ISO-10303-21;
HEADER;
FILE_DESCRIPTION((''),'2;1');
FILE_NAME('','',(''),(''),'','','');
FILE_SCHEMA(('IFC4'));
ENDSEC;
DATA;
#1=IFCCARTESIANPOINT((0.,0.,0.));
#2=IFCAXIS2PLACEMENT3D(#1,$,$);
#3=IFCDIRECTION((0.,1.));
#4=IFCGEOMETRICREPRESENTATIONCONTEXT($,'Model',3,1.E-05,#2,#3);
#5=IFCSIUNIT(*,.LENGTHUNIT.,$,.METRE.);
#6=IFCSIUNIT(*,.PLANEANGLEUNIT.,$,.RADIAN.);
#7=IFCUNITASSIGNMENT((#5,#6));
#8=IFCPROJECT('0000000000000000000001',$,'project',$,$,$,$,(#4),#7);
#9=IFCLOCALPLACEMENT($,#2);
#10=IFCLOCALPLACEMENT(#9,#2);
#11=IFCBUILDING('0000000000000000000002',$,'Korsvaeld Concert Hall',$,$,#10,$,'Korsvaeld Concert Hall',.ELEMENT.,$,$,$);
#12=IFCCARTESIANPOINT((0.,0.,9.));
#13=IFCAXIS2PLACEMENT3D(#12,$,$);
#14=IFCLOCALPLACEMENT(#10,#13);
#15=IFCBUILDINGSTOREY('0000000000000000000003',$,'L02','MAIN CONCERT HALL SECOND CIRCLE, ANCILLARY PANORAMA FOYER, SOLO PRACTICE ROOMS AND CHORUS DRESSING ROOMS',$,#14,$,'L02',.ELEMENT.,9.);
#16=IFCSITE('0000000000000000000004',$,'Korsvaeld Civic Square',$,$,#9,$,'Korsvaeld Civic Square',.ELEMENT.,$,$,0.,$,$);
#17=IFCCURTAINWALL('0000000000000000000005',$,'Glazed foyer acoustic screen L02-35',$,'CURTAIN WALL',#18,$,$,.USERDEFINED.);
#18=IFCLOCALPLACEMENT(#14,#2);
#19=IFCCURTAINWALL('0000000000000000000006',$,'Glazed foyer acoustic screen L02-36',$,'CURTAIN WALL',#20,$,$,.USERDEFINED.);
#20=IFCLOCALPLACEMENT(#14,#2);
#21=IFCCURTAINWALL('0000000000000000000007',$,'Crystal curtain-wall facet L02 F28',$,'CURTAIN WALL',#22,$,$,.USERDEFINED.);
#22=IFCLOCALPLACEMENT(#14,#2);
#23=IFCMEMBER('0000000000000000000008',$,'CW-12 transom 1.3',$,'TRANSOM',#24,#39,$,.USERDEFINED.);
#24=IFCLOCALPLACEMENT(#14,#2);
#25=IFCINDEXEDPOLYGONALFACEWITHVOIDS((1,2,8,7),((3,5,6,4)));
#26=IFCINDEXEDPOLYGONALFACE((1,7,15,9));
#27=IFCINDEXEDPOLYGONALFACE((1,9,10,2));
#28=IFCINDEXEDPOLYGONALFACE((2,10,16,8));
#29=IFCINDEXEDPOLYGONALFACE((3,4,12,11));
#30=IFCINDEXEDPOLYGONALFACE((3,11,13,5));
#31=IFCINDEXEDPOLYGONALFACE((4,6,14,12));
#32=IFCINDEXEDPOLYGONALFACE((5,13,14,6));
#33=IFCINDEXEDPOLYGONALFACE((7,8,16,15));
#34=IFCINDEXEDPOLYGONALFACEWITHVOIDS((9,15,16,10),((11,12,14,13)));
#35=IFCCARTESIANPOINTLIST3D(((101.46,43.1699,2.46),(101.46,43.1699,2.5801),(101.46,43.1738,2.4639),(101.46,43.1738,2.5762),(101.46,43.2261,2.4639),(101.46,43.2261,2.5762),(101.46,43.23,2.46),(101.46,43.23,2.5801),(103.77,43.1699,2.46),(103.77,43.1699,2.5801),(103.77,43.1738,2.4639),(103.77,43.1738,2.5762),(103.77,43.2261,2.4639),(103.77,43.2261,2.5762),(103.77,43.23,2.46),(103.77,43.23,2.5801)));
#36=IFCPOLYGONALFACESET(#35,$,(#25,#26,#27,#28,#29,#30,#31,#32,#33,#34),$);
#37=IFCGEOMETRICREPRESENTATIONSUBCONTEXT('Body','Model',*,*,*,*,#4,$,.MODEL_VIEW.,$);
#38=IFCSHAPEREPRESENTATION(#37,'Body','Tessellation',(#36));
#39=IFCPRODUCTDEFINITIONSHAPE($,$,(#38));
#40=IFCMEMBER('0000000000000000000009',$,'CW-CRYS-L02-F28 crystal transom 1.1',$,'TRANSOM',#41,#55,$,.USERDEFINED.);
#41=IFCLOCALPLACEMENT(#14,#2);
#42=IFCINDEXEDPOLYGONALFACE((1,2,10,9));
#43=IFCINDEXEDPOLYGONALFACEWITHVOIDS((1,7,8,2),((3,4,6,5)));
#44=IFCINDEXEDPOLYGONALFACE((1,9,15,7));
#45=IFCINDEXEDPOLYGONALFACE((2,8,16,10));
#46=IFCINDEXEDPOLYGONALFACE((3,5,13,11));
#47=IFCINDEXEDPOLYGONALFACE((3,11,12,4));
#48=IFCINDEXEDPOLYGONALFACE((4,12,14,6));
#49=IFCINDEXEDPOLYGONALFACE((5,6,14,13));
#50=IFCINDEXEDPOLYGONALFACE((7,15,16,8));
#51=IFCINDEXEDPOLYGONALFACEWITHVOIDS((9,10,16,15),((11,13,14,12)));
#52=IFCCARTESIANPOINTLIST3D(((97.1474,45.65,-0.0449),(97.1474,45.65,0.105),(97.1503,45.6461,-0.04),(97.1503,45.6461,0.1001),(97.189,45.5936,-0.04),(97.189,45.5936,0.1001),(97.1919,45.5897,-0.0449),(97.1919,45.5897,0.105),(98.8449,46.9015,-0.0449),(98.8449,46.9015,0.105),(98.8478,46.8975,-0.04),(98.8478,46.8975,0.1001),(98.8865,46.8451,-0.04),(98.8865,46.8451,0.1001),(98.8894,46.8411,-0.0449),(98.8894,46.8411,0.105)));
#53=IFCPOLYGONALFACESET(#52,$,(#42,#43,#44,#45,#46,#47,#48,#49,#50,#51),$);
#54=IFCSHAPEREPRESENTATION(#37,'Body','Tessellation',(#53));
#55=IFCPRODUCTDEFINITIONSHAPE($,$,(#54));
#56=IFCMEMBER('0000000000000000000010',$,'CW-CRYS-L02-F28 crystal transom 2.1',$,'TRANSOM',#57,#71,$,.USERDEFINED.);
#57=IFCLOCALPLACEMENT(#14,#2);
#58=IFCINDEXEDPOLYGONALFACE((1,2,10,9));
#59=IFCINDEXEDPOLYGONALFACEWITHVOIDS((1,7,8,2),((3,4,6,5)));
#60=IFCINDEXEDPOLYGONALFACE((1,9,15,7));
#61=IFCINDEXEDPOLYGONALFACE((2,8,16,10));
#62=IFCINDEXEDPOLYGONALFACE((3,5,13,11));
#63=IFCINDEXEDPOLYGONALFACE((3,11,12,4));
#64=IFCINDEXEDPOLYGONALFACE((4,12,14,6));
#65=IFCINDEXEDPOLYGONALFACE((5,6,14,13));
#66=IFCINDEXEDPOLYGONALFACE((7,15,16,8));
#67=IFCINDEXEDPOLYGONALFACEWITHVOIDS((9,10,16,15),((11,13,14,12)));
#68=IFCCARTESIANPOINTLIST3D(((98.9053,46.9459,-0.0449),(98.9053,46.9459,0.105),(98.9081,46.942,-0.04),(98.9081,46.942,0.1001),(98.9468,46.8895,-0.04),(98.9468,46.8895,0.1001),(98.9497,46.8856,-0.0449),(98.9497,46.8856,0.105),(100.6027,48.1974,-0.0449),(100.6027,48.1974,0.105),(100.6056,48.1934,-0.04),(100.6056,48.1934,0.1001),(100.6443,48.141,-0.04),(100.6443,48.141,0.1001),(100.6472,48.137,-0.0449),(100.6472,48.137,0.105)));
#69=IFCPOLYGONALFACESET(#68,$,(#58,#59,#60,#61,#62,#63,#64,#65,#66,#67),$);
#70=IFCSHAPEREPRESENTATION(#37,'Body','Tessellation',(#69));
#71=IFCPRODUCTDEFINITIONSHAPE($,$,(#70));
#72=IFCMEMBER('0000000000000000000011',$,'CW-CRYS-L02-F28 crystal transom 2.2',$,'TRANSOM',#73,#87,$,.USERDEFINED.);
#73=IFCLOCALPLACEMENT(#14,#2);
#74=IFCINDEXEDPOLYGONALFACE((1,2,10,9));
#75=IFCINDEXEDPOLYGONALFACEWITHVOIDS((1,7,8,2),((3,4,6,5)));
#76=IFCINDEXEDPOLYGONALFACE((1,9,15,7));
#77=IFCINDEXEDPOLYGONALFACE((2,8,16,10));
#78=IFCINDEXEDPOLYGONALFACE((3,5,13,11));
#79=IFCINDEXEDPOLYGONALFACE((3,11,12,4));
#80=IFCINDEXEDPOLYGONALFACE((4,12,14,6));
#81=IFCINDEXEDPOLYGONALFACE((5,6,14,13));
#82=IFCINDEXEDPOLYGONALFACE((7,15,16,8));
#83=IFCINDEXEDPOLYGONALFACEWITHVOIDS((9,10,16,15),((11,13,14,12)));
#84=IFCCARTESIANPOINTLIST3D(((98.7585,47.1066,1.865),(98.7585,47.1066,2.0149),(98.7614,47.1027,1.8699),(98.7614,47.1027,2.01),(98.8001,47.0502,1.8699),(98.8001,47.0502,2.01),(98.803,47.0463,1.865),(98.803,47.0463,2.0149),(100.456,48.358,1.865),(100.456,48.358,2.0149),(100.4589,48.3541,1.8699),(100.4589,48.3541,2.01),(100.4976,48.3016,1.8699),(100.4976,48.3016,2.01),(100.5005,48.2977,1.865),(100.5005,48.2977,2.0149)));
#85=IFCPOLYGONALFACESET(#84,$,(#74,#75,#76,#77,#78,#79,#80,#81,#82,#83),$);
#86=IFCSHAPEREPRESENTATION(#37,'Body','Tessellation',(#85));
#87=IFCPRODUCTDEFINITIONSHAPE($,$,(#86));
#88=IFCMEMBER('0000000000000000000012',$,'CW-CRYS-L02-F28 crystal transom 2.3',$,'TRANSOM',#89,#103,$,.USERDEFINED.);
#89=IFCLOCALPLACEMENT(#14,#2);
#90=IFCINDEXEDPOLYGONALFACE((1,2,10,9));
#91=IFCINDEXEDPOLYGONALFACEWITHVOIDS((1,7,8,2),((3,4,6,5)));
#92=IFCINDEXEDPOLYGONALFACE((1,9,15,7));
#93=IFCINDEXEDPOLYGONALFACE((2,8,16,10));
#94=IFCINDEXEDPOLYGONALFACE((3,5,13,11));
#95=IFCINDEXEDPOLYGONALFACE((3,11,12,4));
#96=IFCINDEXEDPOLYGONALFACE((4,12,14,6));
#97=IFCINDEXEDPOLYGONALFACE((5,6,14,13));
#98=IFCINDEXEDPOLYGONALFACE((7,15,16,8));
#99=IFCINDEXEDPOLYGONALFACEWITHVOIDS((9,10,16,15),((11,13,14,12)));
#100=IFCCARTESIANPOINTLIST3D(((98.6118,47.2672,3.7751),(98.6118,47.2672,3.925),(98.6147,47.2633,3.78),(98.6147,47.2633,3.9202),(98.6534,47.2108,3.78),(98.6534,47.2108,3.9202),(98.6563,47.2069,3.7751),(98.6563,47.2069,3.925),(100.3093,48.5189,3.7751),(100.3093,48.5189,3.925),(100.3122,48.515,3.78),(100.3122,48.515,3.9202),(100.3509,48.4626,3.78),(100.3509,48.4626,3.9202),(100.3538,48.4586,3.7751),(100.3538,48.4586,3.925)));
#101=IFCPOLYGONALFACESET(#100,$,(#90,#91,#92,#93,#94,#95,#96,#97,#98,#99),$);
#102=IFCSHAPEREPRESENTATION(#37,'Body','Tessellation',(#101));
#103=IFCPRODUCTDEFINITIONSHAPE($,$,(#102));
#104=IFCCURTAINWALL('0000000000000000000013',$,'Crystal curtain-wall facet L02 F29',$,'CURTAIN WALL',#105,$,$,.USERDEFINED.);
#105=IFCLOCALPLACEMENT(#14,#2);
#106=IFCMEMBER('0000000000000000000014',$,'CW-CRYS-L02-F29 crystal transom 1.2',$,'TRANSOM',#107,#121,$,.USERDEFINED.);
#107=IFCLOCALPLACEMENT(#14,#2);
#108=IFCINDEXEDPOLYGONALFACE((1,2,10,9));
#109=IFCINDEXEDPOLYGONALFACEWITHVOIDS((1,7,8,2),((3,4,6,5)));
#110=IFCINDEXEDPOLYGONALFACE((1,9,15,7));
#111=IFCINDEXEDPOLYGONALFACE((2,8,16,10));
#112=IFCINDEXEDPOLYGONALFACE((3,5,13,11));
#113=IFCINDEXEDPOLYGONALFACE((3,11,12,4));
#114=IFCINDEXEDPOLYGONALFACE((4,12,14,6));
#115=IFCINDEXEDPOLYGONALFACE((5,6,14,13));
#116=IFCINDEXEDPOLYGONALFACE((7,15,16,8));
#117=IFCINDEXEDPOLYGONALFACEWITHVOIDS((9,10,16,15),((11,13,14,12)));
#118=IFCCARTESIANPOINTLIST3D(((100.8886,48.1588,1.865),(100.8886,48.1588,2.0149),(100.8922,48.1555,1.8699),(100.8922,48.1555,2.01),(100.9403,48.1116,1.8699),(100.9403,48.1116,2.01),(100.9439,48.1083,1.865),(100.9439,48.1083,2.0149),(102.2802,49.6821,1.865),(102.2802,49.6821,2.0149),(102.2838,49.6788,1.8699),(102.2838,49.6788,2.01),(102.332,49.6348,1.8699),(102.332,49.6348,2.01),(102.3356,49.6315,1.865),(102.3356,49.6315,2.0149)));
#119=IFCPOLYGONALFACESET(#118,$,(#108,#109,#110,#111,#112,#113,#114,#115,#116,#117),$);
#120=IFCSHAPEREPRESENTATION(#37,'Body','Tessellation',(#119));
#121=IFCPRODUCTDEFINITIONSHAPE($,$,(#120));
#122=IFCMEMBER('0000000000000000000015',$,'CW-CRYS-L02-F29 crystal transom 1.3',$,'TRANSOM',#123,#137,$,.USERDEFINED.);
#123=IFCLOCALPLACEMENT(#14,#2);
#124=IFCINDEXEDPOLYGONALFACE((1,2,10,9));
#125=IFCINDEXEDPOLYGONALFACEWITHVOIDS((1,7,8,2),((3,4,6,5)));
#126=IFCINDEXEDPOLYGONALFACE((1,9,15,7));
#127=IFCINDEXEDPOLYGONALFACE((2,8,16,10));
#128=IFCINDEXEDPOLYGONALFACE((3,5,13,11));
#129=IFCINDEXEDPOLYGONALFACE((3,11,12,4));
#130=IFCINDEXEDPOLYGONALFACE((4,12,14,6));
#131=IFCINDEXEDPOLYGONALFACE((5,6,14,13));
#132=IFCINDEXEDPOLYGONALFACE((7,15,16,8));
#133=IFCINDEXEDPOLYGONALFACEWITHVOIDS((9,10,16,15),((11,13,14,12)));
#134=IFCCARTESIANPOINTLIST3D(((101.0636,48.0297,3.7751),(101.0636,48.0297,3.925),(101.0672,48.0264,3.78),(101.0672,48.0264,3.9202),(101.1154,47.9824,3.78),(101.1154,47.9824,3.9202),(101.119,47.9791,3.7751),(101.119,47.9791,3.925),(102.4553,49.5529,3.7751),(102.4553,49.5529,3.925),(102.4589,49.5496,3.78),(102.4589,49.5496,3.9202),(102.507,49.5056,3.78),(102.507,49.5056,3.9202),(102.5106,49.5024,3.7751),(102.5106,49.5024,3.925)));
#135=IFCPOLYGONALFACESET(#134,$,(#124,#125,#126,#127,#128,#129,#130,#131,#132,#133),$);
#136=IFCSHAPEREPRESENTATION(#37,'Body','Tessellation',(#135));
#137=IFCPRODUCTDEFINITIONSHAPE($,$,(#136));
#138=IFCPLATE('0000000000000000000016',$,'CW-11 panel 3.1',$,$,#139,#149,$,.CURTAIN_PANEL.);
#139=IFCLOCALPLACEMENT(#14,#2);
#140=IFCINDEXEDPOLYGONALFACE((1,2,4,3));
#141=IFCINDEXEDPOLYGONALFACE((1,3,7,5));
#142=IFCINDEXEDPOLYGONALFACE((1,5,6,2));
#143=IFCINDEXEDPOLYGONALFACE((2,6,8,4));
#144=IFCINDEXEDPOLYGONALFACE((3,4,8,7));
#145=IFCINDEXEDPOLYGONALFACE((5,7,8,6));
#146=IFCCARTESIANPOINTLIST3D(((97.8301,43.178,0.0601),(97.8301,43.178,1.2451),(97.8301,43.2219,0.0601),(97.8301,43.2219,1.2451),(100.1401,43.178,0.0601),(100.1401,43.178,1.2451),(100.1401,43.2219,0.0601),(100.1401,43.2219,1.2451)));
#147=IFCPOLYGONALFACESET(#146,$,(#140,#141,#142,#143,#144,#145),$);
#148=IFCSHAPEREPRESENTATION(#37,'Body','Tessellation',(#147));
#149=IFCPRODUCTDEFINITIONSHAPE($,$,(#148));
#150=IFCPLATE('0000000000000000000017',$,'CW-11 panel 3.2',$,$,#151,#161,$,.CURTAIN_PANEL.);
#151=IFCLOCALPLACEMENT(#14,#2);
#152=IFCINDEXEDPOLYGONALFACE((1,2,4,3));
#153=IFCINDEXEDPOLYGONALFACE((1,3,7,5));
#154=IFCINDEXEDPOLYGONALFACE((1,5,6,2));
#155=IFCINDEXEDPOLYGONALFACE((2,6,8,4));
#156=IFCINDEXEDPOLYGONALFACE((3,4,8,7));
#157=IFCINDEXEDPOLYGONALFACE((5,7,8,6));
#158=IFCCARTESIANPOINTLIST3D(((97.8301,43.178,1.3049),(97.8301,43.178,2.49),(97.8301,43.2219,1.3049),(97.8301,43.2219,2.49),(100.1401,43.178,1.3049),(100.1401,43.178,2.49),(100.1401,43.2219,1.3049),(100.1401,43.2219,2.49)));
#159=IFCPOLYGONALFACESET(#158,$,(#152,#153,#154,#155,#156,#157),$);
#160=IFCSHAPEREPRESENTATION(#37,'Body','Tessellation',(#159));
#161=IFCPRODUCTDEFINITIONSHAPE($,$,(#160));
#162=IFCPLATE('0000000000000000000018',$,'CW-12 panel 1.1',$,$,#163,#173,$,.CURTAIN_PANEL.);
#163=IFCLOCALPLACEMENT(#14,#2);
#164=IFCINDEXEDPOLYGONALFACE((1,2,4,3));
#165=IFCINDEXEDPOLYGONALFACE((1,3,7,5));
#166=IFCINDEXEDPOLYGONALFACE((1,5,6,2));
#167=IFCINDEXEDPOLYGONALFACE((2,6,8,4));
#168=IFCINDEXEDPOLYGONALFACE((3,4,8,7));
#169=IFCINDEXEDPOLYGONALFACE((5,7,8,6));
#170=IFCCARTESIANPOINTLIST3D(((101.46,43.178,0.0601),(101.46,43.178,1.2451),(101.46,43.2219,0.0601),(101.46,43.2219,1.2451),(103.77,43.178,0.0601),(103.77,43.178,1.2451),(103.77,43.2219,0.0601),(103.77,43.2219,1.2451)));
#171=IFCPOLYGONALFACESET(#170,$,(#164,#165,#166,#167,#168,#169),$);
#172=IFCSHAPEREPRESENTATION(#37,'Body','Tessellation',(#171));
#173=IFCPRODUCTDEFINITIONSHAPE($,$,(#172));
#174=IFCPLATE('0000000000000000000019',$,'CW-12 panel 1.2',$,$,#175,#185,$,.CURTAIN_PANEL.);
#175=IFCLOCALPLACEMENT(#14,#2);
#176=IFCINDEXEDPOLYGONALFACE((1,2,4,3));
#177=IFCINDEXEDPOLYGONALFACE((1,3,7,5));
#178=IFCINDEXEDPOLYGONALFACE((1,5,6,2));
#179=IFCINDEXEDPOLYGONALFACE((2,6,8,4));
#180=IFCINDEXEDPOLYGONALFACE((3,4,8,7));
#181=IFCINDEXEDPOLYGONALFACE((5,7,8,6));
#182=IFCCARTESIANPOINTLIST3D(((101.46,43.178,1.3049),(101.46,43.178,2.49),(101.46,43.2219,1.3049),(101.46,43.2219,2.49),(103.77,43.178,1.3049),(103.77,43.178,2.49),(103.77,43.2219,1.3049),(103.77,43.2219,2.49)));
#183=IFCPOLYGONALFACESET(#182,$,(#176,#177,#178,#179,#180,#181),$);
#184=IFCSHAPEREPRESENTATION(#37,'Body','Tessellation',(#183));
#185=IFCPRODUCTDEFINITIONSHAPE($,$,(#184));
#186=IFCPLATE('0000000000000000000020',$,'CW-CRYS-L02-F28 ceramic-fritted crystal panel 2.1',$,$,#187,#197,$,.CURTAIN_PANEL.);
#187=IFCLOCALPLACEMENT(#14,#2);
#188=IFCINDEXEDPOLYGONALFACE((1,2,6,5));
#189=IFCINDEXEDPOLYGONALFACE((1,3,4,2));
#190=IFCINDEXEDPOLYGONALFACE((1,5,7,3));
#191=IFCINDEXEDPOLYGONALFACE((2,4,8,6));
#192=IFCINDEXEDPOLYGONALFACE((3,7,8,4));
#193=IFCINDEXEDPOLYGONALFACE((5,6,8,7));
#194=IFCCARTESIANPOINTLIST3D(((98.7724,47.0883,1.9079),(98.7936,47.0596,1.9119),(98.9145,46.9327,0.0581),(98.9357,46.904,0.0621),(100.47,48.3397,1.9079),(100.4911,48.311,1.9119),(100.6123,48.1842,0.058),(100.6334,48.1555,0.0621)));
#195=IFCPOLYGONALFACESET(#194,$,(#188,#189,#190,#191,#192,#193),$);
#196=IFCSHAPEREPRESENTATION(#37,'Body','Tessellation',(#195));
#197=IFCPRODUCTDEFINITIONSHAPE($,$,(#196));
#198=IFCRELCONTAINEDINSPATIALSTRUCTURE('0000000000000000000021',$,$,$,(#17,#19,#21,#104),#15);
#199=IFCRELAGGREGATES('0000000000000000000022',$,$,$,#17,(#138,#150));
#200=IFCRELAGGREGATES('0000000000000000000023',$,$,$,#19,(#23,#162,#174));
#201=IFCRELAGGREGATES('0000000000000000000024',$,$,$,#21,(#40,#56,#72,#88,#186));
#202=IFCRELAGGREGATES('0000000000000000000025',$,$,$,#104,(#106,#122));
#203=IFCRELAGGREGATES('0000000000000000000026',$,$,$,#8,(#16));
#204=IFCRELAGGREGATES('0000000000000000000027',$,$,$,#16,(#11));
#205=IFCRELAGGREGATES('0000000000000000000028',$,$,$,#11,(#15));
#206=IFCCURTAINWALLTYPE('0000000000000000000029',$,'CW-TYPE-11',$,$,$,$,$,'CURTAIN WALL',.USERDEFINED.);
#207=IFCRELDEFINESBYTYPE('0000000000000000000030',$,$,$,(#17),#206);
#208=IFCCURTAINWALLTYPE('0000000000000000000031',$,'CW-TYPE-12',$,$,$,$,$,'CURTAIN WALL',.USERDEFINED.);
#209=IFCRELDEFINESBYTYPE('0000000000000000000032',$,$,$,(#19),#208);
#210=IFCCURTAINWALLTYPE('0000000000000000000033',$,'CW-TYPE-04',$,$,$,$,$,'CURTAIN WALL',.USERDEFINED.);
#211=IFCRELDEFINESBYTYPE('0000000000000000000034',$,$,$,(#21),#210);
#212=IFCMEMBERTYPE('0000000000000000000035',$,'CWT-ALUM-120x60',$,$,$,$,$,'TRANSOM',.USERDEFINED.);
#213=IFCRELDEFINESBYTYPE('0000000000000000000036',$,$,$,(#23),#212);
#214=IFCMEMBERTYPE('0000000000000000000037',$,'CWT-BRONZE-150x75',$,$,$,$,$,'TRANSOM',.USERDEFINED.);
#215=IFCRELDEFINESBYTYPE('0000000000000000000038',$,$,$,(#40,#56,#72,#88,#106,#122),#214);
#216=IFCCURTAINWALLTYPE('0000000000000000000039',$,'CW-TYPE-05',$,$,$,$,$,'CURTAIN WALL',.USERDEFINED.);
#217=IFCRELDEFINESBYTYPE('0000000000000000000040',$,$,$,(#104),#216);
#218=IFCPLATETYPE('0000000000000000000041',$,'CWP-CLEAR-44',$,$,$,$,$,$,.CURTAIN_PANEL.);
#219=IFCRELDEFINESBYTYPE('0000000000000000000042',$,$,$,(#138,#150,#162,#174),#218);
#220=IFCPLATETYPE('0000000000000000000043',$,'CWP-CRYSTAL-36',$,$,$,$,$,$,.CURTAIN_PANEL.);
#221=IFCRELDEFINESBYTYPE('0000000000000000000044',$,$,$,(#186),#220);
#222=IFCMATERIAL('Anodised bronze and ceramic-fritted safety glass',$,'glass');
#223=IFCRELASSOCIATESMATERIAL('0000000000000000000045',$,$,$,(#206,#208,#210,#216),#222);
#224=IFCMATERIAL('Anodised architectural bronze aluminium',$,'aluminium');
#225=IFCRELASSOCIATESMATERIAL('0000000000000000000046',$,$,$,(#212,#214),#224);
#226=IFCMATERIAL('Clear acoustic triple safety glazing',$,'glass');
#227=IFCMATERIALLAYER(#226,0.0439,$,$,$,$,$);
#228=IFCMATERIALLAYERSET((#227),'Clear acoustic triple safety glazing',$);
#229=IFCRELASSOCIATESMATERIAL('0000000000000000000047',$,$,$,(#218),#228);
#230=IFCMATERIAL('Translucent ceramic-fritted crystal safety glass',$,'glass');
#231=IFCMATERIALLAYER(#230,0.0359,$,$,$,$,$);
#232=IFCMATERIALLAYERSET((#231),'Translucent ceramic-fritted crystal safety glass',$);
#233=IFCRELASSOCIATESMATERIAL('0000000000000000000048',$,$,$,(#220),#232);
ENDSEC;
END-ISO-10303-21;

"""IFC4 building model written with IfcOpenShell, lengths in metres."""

from ifc_helpers import new_model, si_unit, direction, frame, origin, origin_2d, place, context, subcontext, project, spatial, polyline, rectangle, hollow_rectangle, outline, extrude, material, layer, layer_set, material_profile, profile_set, type_object, element, aggregate, save


model = new_model("IFC4")

# Units and contexts
model_context = context("Model", 3, precision=1e-05, world=origin(), true_north=direction((0.0, 1.0)))
body_context = subcontext(model_context, "Body", "Model", "MODEL_VIEW")
ifc_project = project(units=[si_unit("LENGTHUNIT", "METRE"), si_unit("PLANEANGLEUNIT", "RADIAN")], contexts=[model_context])

# Site, building, storey
site_placement = place(None, origin())
site = spatial("IfcSite", under=ifc_project, at=site_placement, Name="Korsvaeld Civic Square", LongName="Korsvaeld Civic Square", CompositionType="ELEMENT", RefElevation=0.0)
building_placement = place(site_placement, origin())
building = spatial("IfcBuilding", under=site, at=building_placement, Name="Korsvaeld Concert Hall", LongName="Korsvaeld Concert Hall", CompositionType="ELEMENT")
storey_placement = place(building_placement, frame((0.0, 0.0, 9.0)))
storey = spatial("IfcBuildingStorey", under=building, at=storey_placement, Name="L02", Description="MAIN CONCERT HALL SECOND CIRCLE, ANCILLARY PANORAMA FOYER, SOLO PRACTICE ROOMS AND CHORUS DRESSING ROOMS", LongName="L02", CompositionType="ELEMENT", Elevation=9.0)

# Curtain wall
ifc_material_1 = material(Name="Anodised bronze and ceramic-fritted safety glass", Category="glass")
curtain_wall_type_1 = type_object("IfcCurtainWallType", Name="CW-TYPE-11", ElementType="CURTAIN WALL", PredefinedType="USERDEFINED", material=ifc_material_1)
curtain_wall_1_placement = place(storey_placement, origin())
curtain_wall_1 = element("IfcCurtainWall", 1, at=curtain_wall_1_placement, inside=storey, type_object=curtain_wall_type_1, Name="Glazed foyer acoustic screen L02-35", ObjectType="CURTAIN WALL", PredefinedType="USERDEFINED")
ifc_material_2 = material(Name="Anodised architectural bronze aluminium", Category="aluminium")

# Curtain walls
curtain_wall_type_2 = type_object("IfcCurtainWallType", Name="CW-TYPE-12", ElementType="CURTAIN WALL", PredefinedType="USERDEFINED", material=ifc_material_1)
curtain_wall_2_placement = place(storey_placement, origin())
curtain_wall_2 = element("IfcCurtainWall", 2, at=curtain_wall_2_placement, inside=storey, type_object=curtain_wall_type_2, Name="Glazed foyer acoustic screen L02-36", ObjectType="CURTAIN WALL", PredefinedType="USERDEFINED")
curtain_wall_type_3 = type_object("IfcCurtainWallType", Name="CW-TYPE-04", ElementType="CURTAIN WALL", PredefinedType="USERDEFINED", material=ifc_material_1)
curtain_wall_3_placement = place(storey_placement, origin())
curtain_wall_3 = element("IfcCurtainWall", 3, at=curtain_wall_3_placement, inside=storey, type_object=curtain_wall_type_3, Name="Crystal curtain-wall facet L02 F28", ObjectType="CURTAIN WALL", PredefinedType="USERDEFINED")

# Members
ifc_material_profile_1 = material_profile(ifc_material_2, hollow_rectangle(XDim=0.0601, YDim=0.1201, WallThickness=0.0039, at=origin_2d()), Name="CWT 120x60x4")
ifc_profile_set_1 = profile_set([ifc_material_profile_1], Name="Anodised architectural bronze aluminium")
member_type_1 = type_object("IfcMemberType", Name="CWT-ALUM-120x60", ElementType="TRANSOM", PredefinedType="USERDEFINED", material=ifc_profile_set_1)
member_1_placement = place(storey_placement, frame((101.46, 43.2, 2.52), z_axis=(1.0, 0.0, 0.0), x_axis=(0.0, 1.0, 0.0)))
member_1 = element("IfcMember", 4, at=member_1_placement, type_object=member_type_1, Name="CW-12 transom 1.3", ObjectType="TRANSOM", PredefinedType="USERDEFINED", context=body_context, shape_type="SweptSolid", body=[
    extrude(hollow_rectangle(XDim=0.0601, YDim=0.1201, WallThickness=0.0039, at=origin_2d()), origin(), (0.0, 0.0, 1.0), 2.3101),
])
ifc_material_profile_2 = material_profile(ifc_material_2, hollow_rectangle(XDim=0.075, YDim=0.1499, WallThickness=0.0049, at=origin_2d()), Name="CWT 150x75x5")
ifc_profile_set_2 = profile_set([ifc_material_profile_2], Name="Anodised architectural bronze aluminium")
member_type_2 = type_object("IfcMemberType", Name="CWT-BRONZE-150x75", ElementType="TRANSOM", PredefinedType="USERDEFINED", material=ifc_profile_set_2)
member_2_placement = place(storey_placement, frame((97.1697, 45.6199, 0.03), z_axis=(0.804905, 0.593404, 0.0), x_axis=(-0.593404, 0.804905, 0.0)))
member_2 = element("IfcMember", 5, at=member_2_placement, type_object=member_type_2, Name="CW-CRYS-L02-F28 crystal transom 1.1", ObjectType="TRANSOM", PredefinedType="USERDEFINED", context=body_context, shape_type="SweptSolid", body=[
    extrude(hollow_rectangle(XDim=0.075, YDim=0.1499, WallThickness=0.0049, at=origin_2d()), origin(), (0.0, 0.0, 1.0), 2.1089),
])
member_3_placement = place(storey_placement, frame((98.9275, 46.9158, 0.03), z_axis=(0.804905, 0.593404, 0.0), x_axis=(-0.593404, 0.804905, 0.0)))
member_3 = element("IfcMember", 6, at=member_3_placement, type_object=member_type_2, Name="CW-CRYS-L02-F28 crystal transom 2.1", ObjectType="TRANSOM", PredefinedType="USERDEFINED", context=body_context, shape_type="SweptSolid", body=[
    extrude(hollow_rectangle(XDim=0.075, YDim=0.1499, WallThickness=0.0049, at=origin_2d()), origin(), (0.0, 0.0, 1.0), 2.1089),
])
member_4_placement = place(storey_placement, frame((98.7808, 47.0764, 1.9399), z_axis=(0.804905, 0.593404, 0.0), x_axis=(-0.593404, 0.804905, 0.0)))
member_4 = element("IfcMember", 7, at=member_4_placement, type_object=member_type_2, Name="CW-CRYS-L02-F28 crystal transom 2.2", ObjectType="TRANSOM", PredefinedType="USERDEFINED", context=body_context, shape_type="SweptSolid", body=[
    extrude(hollow_rectangle(XDim=0.075, YDim=0.1499, WallThickness=0.0049, at=origin_2d()), origin(), (0.0, 0.0, 1.0), 2.1089),
])
member_5_placement = place(storey_placement, frame((98.634, 47.2371, 3.8501), z_axis=(0.804849, 0.593479, 0.0), x_axis=(-0.593479, 0.804849, 0.0)))
member_5 = element("IfcMember", 8, at=member_5_placement, type_object=member_type_2, Name="CW-CRYS-L02-F28 crystal transom 2.3", ObjectType="TRANSOM", PredefinedType="USERDEFINED", context=body_context, shape_type="SweptSolid", body=[
    extrude(hollow_rectangle(XDim=0.075, YDim=0.1499, WallThickness=0.0049, at=origin_2d()), origin(), (0.0, 0.0, 1.0), 2.1091),
])

# Curtain wall, members
curtain_wall_type_4 = type_object("IfcCurtainWallType", Name="CW-TYPE-05", ElementType="CURTAIN WALL", PredefinedType="USERDEFINED", material=ifc_material_1)
curtain_wall_4_placement = place(storey_placement, origin())
curtain_wall_4 = element("IfcCurtainWall", 9, at=curtain_wall_4_placement, inside=storey, type_object=curtain_wall_type_4, Name="Crystal curtain-wall facet L02 F29", ObjectType="CURTAIN WALL", PredefinedType="USERDEFINED")
member_6_placement = place(storey_placement, frame((100.9163, 48.1335, 1.9399), z_axis=(0.674497, 0.738278, 0.0), x_axis=(-0.738278, 0.674497, 0.0)))
member_6 = element("IfcMember", 10, at=member_6_placement, type_object=member_type_2, Name="CW-CRYS-L02-F29 crystal transom 1.2", ObjectType="TRANSOM", PredefinedType="USERDEFINED", context=body_context, shape_type="SweptSolid", body=[
    extrude(hollow_rectangle(XDim=0.075, YDim=0.1499, WallThickness=0.0049, at=origin_2d()), origin(), (0.0, 0.0, 1.0), 2.0632),
])
member_7_placement = place(storey_placement, frame((101.0913, 48.0044, 3.8501), z_axis=(0.674497, 0.738278, 0.0), x_axis=(-0.738278, 0.674497, 0.0)))
member_7 = element("IfcMember", 11, at=member_7_placement, type_object=member_type_2, Name="CW-CRYS-L02-F29 crystal transom 1.3", ObjectType="TRANSOM", PredefinedType="USERDEFINED", context=body_context, shape_type="SweptSolid", body=[
    extrude(hollow_rectangle(XDim=0.075, YDim=0.1499, WallThickness=0.0049, at=origin_2d()), origin(), (0.0, 0.0, 1.0), 2.0632),
])

# Plates
ifc_material_3 = material(Name="Clear acoustic triple safety glazing", Category="glass")
ifc_layer_1 = layer(ifc_material_3, 0.0439)
ifc_layer_set_1 = layer_set([ifc_layer_1], Name="Clear acoustic triple safety glazing")
plate_type_1 = type_object("IfcPlateType", Name="CWP-CLEAR-44", PredefinedType="CURTAIN_PANEL", material=ifc_layer_set_1)
plate_1_placement = place(storey_placement, frame((98.9851, 43.2, 0.0601), z_axis=(0.0, 0.0, 1.0), x_axis=(1.0, 0.0, 0.0)))
plate_1 = element("IfcPlate", 12, at=plate_1_placement, type_object=plate_type_1, Name="CW-11 panel 3.1", PredefinedType="CURTAIN_PANEL", context=body_context, shape_type="SweptSolid", body=[
    extrude(rectangle(XDim=2.3101, YDim=0.0439, at=origin_2d()), origin(), (0.0, 0.0, 1.0), 1.1851),
])
plate_2_placement = place(storey_placement, frame((98.9851, 43.2, 1.3049), z_axis=(0.0, 0.0, 1.0), x_axis=(1.0, 0.0, 0.0)))
plate_2 = element("IfcPlate", 13, at=plate_2_placement, type_object=plate_type_1, Name="CW-11 panel 3.2", PredefinedType="CURTAIN_PANEL", context=body_context, shape_type="SweptSolid", body=[
    extrude(rectangle(XDim=2.3101, YDim=0.0439, at=origin_2d()), origin(), (0.0, 0.0, 1.0), 1.1851),
])
aggregate(curtain_wall_1, [plate_1, plate_2])
plate_3_placement = place(storey_placement, frame((102.615, 43.2, 0.0601), z_axis=(0.0, 0.0, 1.0), x_axis=(1.0, 0.0, 0.0)))
plate_3 = element("IfcPlate", 14, at=plate_3_placement, type_object=plate_type_1, Name="CW-12 panel 1.1", PredefinedType="CURTAIN_PANEL", context=body_context, shape_type="SweptSolid", body=[
    extrude(rectangle(XDim=2.3101, YDim=0.0439, at=origin_2d()), origin(), (0.0, 0.0, 1.0), 1.1851),
])
plate_4_placement = place(storey_placement, frame((102.615, 43.2, 1.3049), z_axis=(0.0, 0.0, 1.0), x_axis=(1.0, 0.0, 0.0)))
plate_4 = element("IfcPlate", 15, at=plate_4_placement, type_object=plate_type_1, Name="CW-12 panel 1.2", PredefinedType="CURTAIN_PANEL", context=body_context, shape_type="SweptSolid", body=[
    extrude(rectangle(XDim=2.3101, YDim=0.0439, at=origin_2d()), origin(), (0.0, 0.0, 1.0), 1.1851),
])
aggregate(curtain_wall_2, [member_1, plate_3, plate_4])
ifc_material_4 = material(Name="Translucent ceramic-fritted crystal safety glass", Category="glass")
ifc_layer_2 = layer(ifc_material_4, 0.0359)
ifc_layer_set_2 = layer_set([ifc_layer_2], Name="Translucent ceramic-fritted crystal safety glass")
plate_type_2 = type_object("IfcPlateType", Name="CWP-CRYSTAL-36", PredefinedType="CURTAIN_PANEL", material=ifc_layer_set_2)
plate_5_placement = place(storey_placement, frame((98.925, 46.9185, 0.0601), z_axis=(0.589605, -0.799809, 0.112567), x_axis=(0.804925, 0.593376, -0.000004)))
plate_5 = element("IfcPlate", 16, at=plate_5_placement, type_object=plate_type_2, Name="CW-CRYS-L02-F28 ceramic-fritted crystal panel 2.1", PredefinedType="CURTAIN_PANEL", context=body_context, shape_type="SweptSolid", body=[
    extrude(outline(polyline([(0.0, 0.0), (2.1092, 0.0), (2.0869, 1.8617), (-0.0221, 1.8617), (0.0, 0.0)])), frame((0.0, 0.0, 0.0181)), (0.0, 0.0, -1.0), 0.0359),
])
aggregate(curtain_wall_3, [member_2, member_3, member_4, member_5, plate_5])
aggregate(curtain_wall_4, [member_6, member_7])

save(model, "model.ifc")
